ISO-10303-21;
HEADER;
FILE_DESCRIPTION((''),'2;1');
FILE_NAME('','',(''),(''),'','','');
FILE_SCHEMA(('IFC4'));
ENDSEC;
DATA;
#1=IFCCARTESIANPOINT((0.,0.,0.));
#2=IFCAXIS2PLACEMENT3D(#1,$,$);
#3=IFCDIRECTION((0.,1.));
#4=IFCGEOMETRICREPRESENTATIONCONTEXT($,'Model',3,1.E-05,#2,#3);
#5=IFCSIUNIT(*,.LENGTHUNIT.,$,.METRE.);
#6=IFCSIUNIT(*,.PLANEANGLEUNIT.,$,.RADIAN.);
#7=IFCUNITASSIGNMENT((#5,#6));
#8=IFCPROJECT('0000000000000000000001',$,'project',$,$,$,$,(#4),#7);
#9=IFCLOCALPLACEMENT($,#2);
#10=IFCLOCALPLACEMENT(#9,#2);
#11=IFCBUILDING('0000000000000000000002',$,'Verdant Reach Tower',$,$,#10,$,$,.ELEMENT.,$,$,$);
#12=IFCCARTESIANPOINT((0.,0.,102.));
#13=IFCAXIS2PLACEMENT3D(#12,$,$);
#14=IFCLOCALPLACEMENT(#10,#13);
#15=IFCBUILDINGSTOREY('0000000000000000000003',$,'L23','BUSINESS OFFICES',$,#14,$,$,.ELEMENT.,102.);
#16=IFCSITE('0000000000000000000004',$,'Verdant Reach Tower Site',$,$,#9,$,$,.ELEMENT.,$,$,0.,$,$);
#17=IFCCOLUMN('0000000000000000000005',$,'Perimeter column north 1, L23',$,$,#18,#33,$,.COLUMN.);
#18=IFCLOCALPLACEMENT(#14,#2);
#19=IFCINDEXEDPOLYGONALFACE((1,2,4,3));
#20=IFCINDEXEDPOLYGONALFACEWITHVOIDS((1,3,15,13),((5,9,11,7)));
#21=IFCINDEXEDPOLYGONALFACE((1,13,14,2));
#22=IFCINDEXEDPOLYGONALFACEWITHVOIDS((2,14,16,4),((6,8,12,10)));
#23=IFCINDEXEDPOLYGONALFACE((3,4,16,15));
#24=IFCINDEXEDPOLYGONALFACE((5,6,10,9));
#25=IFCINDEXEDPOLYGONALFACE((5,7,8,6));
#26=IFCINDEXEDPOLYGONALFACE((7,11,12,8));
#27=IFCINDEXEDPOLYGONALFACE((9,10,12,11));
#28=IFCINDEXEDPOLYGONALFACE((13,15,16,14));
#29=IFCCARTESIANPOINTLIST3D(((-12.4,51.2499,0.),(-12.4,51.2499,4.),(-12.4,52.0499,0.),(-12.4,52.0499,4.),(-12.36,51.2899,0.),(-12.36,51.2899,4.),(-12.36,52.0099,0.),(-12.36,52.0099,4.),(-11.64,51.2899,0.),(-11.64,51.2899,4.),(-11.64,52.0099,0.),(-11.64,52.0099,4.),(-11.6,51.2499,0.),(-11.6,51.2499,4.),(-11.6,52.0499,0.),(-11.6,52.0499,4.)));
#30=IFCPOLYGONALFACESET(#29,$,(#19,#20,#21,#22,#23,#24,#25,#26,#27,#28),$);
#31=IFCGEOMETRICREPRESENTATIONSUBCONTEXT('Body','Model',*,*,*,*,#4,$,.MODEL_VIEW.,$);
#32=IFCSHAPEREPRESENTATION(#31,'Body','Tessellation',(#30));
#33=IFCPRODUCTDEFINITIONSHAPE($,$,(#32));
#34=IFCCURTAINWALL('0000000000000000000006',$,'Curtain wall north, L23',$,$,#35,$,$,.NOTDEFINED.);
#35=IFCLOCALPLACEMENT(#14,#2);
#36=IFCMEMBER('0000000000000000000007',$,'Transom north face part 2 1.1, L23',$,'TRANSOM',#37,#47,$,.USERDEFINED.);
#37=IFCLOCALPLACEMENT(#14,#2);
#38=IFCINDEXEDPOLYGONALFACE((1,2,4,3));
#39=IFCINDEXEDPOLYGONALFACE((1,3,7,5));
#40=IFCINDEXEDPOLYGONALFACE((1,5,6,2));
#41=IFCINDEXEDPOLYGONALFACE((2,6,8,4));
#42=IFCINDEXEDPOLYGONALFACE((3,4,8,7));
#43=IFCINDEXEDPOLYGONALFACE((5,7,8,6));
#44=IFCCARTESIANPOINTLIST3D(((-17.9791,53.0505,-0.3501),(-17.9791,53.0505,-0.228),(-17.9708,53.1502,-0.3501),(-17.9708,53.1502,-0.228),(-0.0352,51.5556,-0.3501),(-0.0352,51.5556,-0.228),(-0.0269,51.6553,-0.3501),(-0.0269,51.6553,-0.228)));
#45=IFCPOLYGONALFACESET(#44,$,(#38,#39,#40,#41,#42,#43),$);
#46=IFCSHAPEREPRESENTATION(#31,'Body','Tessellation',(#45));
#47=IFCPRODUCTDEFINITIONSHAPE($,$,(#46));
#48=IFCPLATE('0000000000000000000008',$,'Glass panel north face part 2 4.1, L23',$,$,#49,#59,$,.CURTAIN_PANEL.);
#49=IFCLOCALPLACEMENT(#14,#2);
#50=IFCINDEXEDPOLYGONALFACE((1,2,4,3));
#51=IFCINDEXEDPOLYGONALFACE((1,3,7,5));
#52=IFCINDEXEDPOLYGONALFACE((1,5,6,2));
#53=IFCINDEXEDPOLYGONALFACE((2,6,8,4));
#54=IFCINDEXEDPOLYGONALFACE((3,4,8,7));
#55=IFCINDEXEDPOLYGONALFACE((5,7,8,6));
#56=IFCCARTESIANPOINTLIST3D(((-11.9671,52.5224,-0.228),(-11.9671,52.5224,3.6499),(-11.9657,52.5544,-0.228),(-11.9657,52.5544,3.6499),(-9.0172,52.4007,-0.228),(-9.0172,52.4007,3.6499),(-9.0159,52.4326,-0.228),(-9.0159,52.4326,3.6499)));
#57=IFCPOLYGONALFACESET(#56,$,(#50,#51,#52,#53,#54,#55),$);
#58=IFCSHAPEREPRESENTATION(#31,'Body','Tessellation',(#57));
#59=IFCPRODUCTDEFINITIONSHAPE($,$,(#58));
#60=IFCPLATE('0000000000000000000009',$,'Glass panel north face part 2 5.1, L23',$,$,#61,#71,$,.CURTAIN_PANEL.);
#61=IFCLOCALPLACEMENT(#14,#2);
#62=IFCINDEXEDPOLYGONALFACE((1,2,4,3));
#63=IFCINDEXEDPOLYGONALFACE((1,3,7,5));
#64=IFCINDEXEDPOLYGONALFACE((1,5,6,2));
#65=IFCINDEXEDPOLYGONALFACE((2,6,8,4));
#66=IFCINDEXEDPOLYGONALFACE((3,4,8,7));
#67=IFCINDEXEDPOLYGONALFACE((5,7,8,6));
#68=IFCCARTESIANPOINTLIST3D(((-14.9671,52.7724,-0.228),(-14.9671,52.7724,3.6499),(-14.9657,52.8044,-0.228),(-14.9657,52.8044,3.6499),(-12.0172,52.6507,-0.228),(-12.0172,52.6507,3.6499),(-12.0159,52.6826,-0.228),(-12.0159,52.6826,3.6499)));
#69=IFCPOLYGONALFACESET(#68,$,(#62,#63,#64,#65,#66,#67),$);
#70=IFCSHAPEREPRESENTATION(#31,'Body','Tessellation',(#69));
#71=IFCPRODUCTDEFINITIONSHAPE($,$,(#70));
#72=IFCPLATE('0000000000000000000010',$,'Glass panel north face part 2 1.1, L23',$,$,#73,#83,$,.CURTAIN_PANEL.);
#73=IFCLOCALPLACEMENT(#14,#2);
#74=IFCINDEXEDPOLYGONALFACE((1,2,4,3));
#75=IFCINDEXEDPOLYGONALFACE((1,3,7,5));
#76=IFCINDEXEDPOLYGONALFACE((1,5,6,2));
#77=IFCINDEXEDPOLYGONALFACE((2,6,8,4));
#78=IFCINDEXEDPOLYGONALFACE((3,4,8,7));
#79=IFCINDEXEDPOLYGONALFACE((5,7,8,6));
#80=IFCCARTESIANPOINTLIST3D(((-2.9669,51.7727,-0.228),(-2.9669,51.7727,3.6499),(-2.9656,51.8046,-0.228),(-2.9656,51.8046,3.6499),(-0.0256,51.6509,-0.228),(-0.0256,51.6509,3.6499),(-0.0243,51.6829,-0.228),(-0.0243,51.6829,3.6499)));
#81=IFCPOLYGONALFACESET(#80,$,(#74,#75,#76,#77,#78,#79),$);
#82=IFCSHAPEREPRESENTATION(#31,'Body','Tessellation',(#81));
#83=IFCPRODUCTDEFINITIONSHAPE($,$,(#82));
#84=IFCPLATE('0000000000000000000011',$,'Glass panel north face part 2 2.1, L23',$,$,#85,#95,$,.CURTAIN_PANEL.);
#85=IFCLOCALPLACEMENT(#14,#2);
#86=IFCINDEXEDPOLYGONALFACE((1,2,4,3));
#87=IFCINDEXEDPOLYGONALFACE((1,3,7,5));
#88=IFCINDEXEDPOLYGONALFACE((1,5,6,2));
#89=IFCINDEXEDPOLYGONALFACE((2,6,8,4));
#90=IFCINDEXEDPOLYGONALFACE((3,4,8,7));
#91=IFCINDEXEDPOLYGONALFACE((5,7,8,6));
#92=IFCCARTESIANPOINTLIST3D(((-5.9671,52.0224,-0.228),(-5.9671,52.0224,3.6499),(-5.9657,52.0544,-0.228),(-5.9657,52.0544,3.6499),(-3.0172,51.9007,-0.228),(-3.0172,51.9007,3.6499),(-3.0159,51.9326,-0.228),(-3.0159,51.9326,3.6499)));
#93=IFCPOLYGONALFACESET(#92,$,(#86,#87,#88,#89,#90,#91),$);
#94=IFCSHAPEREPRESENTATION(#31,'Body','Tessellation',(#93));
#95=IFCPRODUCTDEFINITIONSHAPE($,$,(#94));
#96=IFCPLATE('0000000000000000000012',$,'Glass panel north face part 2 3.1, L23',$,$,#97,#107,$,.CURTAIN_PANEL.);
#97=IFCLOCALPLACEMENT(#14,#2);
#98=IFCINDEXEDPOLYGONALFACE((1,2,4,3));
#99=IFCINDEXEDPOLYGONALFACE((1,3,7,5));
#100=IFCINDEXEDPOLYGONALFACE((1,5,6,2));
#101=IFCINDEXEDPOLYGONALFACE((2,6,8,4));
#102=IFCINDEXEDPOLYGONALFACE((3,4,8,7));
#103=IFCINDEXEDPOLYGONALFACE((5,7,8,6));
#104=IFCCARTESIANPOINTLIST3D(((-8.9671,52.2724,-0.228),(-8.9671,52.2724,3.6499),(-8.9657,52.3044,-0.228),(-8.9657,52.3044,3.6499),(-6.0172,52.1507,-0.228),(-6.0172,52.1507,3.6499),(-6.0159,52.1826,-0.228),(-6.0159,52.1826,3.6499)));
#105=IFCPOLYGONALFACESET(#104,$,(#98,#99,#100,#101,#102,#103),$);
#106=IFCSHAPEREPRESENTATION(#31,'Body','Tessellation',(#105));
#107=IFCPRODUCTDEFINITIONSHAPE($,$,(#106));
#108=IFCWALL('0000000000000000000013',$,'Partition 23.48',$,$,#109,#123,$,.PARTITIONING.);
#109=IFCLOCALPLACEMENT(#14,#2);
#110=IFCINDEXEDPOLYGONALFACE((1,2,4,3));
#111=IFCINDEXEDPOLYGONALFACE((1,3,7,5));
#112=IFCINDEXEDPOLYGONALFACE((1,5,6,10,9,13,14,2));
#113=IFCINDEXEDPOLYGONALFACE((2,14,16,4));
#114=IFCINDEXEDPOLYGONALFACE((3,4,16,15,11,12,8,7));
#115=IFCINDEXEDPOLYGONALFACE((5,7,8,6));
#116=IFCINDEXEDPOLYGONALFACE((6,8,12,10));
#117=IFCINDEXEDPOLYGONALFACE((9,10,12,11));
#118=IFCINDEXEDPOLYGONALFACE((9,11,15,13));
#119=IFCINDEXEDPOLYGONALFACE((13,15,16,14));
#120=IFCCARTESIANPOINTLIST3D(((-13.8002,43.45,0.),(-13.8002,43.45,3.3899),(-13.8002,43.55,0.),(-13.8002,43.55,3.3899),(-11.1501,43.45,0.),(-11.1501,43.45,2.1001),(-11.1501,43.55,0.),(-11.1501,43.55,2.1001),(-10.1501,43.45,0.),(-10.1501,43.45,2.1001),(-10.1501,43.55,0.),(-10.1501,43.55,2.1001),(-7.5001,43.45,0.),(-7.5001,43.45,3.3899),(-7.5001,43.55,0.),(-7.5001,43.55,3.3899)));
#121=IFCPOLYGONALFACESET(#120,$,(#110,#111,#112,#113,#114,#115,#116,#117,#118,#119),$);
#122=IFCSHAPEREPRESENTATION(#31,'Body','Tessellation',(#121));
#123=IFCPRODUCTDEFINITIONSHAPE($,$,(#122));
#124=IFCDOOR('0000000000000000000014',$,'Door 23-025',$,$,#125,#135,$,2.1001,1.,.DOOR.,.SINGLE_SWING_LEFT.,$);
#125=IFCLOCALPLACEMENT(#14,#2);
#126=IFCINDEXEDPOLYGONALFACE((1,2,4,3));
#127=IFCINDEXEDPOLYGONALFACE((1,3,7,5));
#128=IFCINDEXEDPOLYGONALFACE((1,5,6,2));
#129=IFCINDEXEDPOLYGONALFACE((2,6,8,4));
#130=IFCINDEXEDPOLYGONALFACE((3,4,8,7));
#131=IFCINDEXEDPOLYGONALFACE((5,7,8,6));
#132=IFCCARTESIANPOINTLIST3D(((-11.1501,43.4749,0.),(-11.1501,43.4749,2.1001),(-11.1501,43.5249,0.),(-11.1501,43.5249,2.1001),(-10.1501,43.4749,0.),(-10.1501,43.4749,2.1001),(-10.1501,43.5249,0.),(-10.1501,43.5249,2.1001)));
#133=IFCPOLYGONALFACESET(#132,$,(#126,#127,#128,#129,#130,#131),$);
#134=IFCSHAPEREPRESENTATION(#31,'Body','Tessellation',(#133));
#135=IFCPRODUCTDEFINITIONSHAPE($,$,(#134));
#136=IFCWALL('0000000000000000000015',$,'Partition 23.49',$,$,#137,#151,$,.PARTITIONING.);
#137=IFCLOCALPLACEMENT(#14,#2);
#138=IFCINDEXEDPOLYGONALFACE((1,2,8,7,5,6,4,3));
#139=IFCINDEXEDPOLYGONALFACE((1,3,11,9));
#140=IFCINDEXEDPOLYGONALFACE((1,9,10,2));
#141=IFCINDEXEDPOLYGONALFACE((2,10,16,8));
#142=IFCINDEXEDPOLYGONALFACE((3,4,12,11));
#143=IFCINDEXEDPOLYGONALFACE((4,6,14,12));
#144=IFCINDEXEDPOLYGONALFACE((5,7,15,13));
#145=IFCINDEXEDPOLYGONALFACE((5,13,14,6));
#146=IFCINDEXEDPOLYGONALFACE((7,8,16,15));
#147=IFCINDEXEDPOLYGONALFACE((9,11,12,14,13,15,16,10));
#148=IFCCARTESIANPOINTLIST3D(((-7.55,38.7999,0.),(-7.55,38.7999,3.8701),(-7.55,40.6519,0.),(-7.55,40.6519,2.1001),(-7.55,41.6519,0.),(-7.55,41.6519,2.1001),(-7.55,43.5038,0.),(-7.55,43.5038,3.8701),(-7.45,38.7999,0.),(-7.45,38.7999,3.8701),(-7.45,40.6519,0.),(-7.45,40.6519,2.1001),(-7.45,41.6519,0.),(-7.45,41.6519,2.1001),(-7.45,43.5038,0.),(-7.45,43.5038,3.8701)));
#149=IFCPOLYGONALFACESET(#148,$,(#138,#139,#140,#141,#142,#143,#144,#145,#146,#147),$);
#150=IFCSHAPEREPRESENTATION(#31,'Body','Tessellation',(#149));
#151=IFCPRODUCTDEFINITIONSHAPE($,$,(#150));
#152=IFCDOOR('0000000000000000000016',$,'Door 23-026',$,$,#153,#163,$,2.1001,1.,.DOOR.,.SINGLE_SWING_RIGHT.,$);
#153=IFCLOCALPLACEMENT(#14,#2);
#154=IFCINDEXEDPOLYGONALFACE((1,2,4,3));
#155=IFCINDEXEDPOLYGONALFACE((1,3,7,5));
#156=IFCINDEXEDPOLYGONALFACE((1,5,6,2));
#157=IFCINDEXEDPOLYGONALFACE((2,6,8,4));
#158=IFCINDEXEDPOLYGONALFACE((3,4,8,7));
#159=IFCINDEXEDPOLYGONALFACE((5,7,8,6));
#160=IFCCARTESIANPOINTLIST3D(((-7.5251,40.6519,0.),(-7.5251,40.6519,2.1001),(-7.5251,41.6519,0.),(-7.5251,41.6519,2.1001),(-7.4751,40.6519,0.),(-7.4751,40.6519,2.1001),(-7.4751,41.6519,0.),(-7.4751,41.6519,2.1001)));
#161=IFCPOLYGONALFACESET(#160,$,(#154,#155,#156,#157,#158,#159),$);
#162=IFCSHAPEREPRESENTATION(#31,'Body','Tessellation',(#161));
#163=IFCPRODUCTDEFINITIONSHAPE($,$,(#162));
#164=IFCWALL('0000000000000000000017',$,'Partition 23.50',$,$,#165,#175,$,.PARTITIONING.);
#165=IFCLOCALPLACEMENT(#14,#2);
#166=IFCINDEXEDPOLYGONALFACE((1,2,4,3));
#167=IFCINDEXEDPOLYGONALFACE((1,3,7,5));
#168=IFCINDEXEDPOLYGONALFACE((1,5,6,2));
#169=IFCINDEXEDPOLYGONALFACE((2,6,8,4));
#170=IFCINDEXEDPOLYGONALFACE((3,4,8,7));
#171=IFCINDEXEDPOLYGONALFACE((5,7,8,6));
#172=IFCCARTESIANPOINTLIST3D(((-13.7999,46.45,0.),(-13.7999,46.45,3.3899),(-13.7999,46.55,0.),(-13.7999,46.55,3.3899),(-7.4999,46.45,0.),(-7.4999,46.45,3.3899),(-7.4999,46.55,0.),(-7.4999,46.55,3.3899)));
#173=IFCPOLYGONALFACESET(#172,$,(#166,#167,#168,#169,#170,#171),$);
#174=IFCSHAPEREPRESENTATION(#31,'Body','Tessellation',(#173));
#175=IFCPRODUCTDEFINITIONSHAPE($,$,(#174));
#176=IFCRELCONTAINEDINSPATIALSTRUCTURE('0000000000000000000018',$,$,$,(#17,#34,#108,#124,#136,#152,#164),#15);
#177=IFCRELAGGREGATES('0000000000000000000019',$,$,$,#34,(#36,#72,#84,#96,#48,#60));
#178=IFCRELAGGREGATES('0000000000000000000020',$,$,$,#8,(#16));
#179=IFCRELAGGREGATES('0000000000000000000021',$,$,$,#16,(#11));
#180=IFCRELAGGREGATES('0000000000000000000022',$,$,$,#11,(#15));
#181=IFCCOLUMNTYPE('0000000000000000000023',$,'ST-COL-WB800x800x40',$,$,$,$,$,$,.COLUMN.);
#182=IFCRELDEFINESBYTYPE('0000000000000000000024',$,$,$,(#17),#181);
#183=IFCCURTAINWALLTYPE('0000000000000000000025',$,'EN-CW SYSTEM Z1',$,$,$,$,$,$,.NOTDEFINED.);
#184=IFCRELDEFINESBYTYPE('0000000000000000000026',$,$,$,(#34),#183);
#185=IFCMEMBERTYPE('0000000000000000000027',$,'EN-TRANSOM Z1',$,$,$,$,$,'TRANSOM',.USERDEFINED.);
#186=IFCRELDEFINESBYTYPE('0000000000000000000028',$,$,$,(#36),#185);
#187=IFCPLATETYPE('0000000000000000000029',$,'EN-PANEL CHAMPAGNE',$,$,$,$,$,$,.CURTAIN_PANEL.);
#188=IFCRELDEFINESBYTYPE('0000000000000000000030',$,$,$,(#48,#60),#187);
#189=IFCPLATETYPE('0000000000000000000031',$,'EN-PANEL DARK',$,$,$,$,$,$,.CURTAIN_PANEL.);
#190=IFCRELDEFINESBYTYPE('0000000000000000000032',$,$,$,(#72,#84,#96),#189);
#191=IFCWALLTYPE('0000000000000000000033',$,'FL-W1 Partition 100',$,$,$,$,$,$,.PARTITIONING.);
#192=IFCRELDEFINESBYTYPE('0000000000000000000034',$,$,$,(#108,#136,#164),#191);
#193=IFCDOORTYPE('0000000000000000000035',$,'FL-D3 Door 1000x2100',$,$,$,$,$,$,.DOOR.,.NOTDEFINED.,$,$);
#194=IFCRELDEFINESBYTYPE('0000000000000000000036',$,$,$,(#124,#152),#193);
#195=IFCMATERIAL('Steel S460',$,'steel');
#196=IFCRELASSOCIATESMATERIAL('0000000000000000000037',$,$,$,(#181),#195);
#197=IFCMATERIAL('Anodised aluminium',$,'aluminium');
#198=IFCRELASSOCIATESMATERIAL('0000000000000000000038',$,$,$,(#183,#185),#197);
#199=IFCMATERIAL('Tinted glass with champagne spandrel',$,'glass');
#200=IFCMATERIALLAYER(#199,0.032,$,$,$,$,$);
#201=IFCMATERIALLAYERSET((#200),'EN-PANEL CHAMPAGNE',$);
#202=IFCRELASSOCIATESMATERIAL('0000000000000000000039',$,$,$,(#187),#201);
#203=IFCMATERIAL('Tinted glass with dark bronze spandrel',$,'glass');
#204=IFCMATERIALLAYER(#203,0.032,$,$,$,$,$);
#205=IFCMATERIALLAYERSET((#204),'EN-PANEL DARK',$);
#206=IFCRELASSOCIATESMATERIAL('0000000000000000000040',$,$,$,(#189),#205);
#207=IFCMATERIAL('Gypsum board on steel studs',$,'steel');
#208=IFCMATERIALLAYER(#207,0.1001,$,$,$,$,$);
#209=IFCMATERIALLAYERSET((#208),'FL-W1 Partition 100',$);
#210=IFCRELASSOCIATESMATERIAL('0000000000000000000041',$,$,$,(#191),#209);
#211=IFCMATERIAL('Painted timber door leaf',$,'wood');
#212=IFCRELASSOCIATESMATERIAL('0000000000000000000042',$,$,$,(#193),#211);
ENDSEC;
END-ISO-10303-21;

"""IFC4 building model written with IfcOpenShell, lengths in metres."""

from ifc_helpers import new_model, si_unit, direction, frame, frame_2d, origin, origin_2d, place, context, subcontext, project, spatial, rectangle, hollow_rectangle, extrude, material, layer, layer_set, material_profile, profile_set, type_object, element, fill, aggregate, save


model = new_model("IFC4")

# Units and contexts
model_context = context("Model", 3, precision=1e-05, world=origin(), true_north=direction((0.0, 1.0)))
body_context = subcontext(model_context, "Body", "Model", "MODEL_VIEW")
ifc_project = project(units=[si_unit("LENGTHUNIT", "METRE"), si_unit("PLANEANGLEUNIT", "RADIAN")], contexts=[model_context])

# Site, building, storey
site_placement = place(None, origin())
site = spatial("IfcSite", under=ifc_project, at=site_placement, Name="Verdant Reach Tower Site", CompositionType="ELEMENT", RefElevation=0.0)
building_placement = place(site_placement, origin())
building = spatial("IfcBuilding", under=site, at=building_placement, Name="Verdant Reach Tower", CompositionType="ELEMENT")
storey_placement = place(building_placement, frame((0.0, 0.0, 102.0)))
storey = spatial("IfcBuildingStorey", under=building, at=storey_placement, Name="L23", Description="BUSINESS OFFICES", CompositionType="ELEMENT", Elevation=102.0)

# Column
ifc_material_1 = material(Name="Steel S460", Category="steel")
ifc_material_profile_1 = material_profile(ifc_material_1, hollow_rectangle(XDim=0.8, YDim=0.8, WallThickness=0.04, at=origin_2d()), Name="WB 800x800x40")
ifc_profile_set_1 = profile_set([ifc_material_profile_1], Name="Steel S460")
column_type = type_object("IfcColumnType", Name="ST-COL-WB800x800x40", PredefinedType="COLUMN", material=ifc_profile_set_1)
column_placement = place(storey_placement, frame((-12.0, 51.6499, 0.0), z_axis=(0.0, 0.0, 1.0), x_axis=(1.0, 0.0, 0.0)))
element("IfcColumn", 1, at=column_placement, inside=storey, type_object=column_type, Name="Perimeter column north 1, L23", PredefinedType="COLUMN", context=body_context, shape_type="SweptSolid", body=[
    extrude(hollow_rectangle(XDim=0.8, YDim=0.8, WallThickness=0.04, at=origin_2d()), origin(), (0.0, 0.0, 1.0), 4.0),
])

# Curtain wall, member, plates
ifc_material_2 = material(Name="Anodised aluminium", Category="aluminium")
curtain_wall_type = type_object("IfcCurtainWallType", Name="EN-CW SYSTEM Z1", PredefinedType="NOTDEFINED", material=ifc_material_2)
curtain_wall_placement = place(storey_placement, origin())
curtain_wall = element("IfcCurtainWall", 2, at=curtain_wall_placement, inside=storey, type_object=curtain_wall_type, Name="Curtain wall north, L23", PredefinedType="NOTDEFINED")
ifc_material_profile_2 = material_profile(ifc_material_2, rectangle(XDim=0.1001, YDim=0.1221, at=origin_2d()), Name="Transom 122x100")
ifc_profile_set_2 = profile_set([ifc_material_profile_2], Name="Anodised aluminium")
member_type = type_object("IfcMemberType", Name="EN-TRANSOM Z1", ElementType="TRANSOM", PredefinedType="USERDEFINED", material=ifc_profile_set_2)
member_placement = place(storey_placement, frame((-0.031, 51.6055, -0.2891), z_axis=(-0.996548, 0.083021, 0.0), x_axis=(-0.083021, -0.996548, 0.0)))
member = element("IfcMember", 3, at=member_placement, type_object=member_type, Name="Transom north face part 2 1.1, L23", ObjectType="TRANSOM", PredefinedType="USERDEFINED", context=body_context, shape_type="SweptSolid", body=[
    extrude(rectangle(XDim=0.1001, YDim=0.1221, at=origin_2d()), origin(), (0.0, 0.0, 1.0), 18.0061),
])
ifc_material_3 = material(Name="Tinted glass with champagne spandrel", Category="glass")
ifc_layer_1 = layer(ifc_material_3, 0.032)
ifc_layer_set_1 = layer_set([ifc_layer_1], Name="EN-PANEL CHAMPAGNE")
plate_type_1 = type_object("IfcPlateType", Name="EN-PANEL CHAMPAGNE", PredefinedType="CURTAIN_PANEL", material=ifc_layer_set_1)
plate_1_placement = place(storey_placement, frame((-10.4915, 52.4775, -0.228), z_axis=(0.0, 0.0, 1.0), x_axis=(-0.999149, 0.041242, 0.0)))
plate_1 = element("IfcPlate", 4, at=plate_1_placement, type_object=plate_type_1, Name="Glass panel north face part 2 4.1, L23", PredefinedType="CURTAIN_PANEL", context=body_context, shape_type="SweptSolid", body=[
    extrude(rectangle(XDim=2.9524, YDim=0.032, at=origin_2d()), origin(), (0.0, 0.0, 1.0), 3.8779),
])
plate_2_placement = place(storey_placement, frame((-13.4915, 52.7275, -0.228), z_axis=(0.0, 0.0, 1.0), x_axis=(-0.999149, 0.041242, 0.0)))
plate_2 = element("IfcPlate", 5, at=plate_2_placement, type_object=plate_type_1, Name="Glass panel north face part 2 5.1, L23", PredefinedType="CURTAIN_PANEL", context=body_context, shape_type="SweptSolid", body=[
    extrude(rectangle(XDim=2.9524, YDim=0.032, at=origin_2d()), origin(), (0.0, 0.0, 1.0), 3.8779),
])
ifc_material_4 = material(Name="Tinted glass with dark bronze spandrel", Category="glass")
ifc_layer_2 = layer(ifc_material_4, 0.032)
ifc_layer_set_2 = layer_set([ifc_layer_2], Name="EN-PANEL DARK")
plate_type_2 = type_object("IfcPlateType", Name="EN-PANEL DARK", PredefinedType="CURTAIN_PANEL", material=ifc_layer_set_2)
plate_3_placement = place(storey_placement, frame((-1.4956, 51.7278, -0.228), z_axis=(0.0, 0.0, 1.0), x_axis=(-0.999144, 0.04136, 0.0)))
plate_3 = element("IfcPlate", 6, at=plate_3_placement, type_object=plate_type_2, Name="Glass panel north face part 2 1.1, L23", PredefinedType="CURTAIN_PANEL", context=body_context, shape_type="SweptSolid", body=[
    extrude(rectangle(XDim=2.9438, YDim=0.032, at=origin_2d()), origin(), (0.0, 0.0, 1.0), 3.8779),
])
plate_4_placement = place(storey_placement, frame((-4.4915, 51.9775, -0.228), z_axis=(0.0, 0.0, 1.0), x_axis=(-0.999149, 0.041242, 0.0)))
plate_4 = element("IfcPlate", 7, at=plate_4_placement, type_object=plate_type_2, Name="Glass panel north face part 2 2.1, L23", PredefinedType="CURTAIN_PANEL", context=body_context, shape_type="SweptSolid", body=[
    extrude(rectangle(XDim=2.9524, YDim=0.032, at=origin_2d()), origin(), (0.0, 0.0, 1.0), 3.8779),
])
plate_5_placement = place(storey_placement, frame((-7.4915, 52.2275, -0.228), z_axis=(0.0, 0.0, 1.0), x_axis=(-0.999149, 0.041242, 0.0)))
plate_5 = element("IfcPlate", 8, at=plate_5_placement, type_object=plate_type_2, Name="Glass panel north face part 2 3.1, L23", PredefinedType="CURTAIN_PANEL", context=body_context, shape_type="SweptSolid", body=[
    extrude(rectangle(XDim=2.9524, YDim=0.032, at=origin_2d()), origin(), (0.0, 0.0, 1.0), 3.8779),
])
aggregate(curtain_wall, [member, plate_3, plate_4, plate_5, plate_1, plate_2])

# Walls, openings, doors
ifc_material_5 = material(Name="Gypsum board on steel studs", Category="steel")
ifc_layer_3 = layer(ifc_material_5, 0.1001)
ifc_layer_set_3 = layer_set([ifc_layer_3], Name="FL-W1 Partition 100")
wall_type_1 = type_object("IfcWallType", Name="FL-W1 Partition 100", PredefinedType="PARTITIONING", material=ifc_layer_set_3)
wall_1_placement = place(storey_placement, frame((-13.8, 43.5, 0.0), z_axis=(0.0, 0.0, 1.0), x_axis=(1.0, 0.0, 0.0)))
wall_1 = element("IfcWall", 9, at=wall_1_placement, inside=storey, type_object=wall_type_1, Name="Partition 23.48", PredefinedType="PARTITIONING", context=body_context, shape_type="SweptSolid", body=[
    extrude(rectangle(XDim=6.3, YDim=0.1001, at=frame_2d((3.1499, 0.0))), origin(), (0.0, 0.0, 1.0), 3.3899),
])
opening_1_placement = place(wall_1_placement, frame((2.6499, 0.0, 0.0)))
opening_1 = element("IfcOpeningElement", 10, at=opening_1_placement, cuts=wall_1, PredefinedType="OPENING", context=body_context, shape_type="SweptSolid", body=[
    extrude(rectangle(XDim=1.0, YDim=2.1001, at=frame_2d((0.5, 1.05))), frame((0.0, 0.0601, 0.0), z_axis=(0.0, -1.0, 0.0), x_axis=(1.0, 0.0, 0.0)), (0.0, 0.0, 1.0), 0.1201),
])
ifc_material_6 = material(Name="Painted timber door leaf", Category="wood")
door_type_1 = type_object("IfcDoorType", Name="FL-D3 Door 1000x2100", OperationType="NOTDEFINED", PredefinedType="DOOR", material=ifc_material_6)
door_1_placement = place(opening_1_placement, origin())
door_1 = element("IfcDoor", 11, at=door_1_placement, inside=storey, type_object=door_type_1, Name="Door 23-025", OperationType="SINGLE_SWING_LEFT", OverallHeight=2.1001, OverallWidth=1.0, PredefinedType="DOOR", context=body_context, shape_type="SweptSolid", body=[
    extrude(rectangle(XDim=1.0, YDim=2.1001, at=frame_2d((0.5, 1.05))), frame((0.0, 0.0249, 0.0), z_axis=(0.0, -1.0, 0.0), x_axis=(1.0, 0.0, 0.0)), (0.0, 0.0, 1.0), 0.05),
])
fill(opening_1, door_1)
wall_2_placement = place(storey_placement, frame((-7.5, 43.5039, 0.0), z_axis=(0.0, 0.0, 1.0), x_axis=(0.0, -1.0, 0.0)))
wall_2 = element("IfcWall", 12, at=wall_2_placement, inside=storey, type_object=wall_type_1, Name="Partition 23.49", PredefinedType="PARTITIONING", context=body_context, shape_type="SweptSolid", body=[
    extrude(rectangle(XDim=4.7039, YDim=0.1001, at=frame_2d((2.3521, 0.0))), origin(), (0.0, 0.0, 1.0), 3.8701),
])
opening_2_placement = place(wall_2_placement, frame((1.8521, 0.0, 0.0)))
opening_2 = element("IfcOpeningElement", 13, at=opening_2_placement, cuts=wall_2, PredefinedType="OPENING", context=body_context, shape_type="SweptSolid", body=[
    extrude(rectangle(XDim=1.0, YDim=2.1001, at=frame_2d((0.5, 1.05))), frame((0.0, 0.0601, 0.0), z_axis=(0.0, -1.0, 0.0), x_axis=(1.0, 0.0, 0.0)), (0.0, 0.0, 1.0), 0.1201),
])
door_2_placement = place(opening_2_placement, origin())
door_2 = element("IfcDoor", 14, at=door_2_placement, inside=storey, type_object=door_type_1, Name="Door 23-026", OperationType="SINGLE_SWING_RIGHT", OverallHeight=2.1001, OverallWidth=1.0, PredefinedType="DOOR", context=body_context, shape_type="SweptSolid", body=[
    extrude(rectangle(XDim=1.0, YDim=2.1001, at=frame_2d((0.5, 1.05))), frame((0.0, 0.0249, 0.0), z_axis=(0.0, -1.0, 0.0), x_axis=(1.0, 0.0, 0.0)), (0.0, 0.0, 1.0), 0.05),
])
fill(opening_2, door_2)

# Wall
wall_3_placement = place(storey_placement, frame((-7.5, 46.5, 0.0), z_axis=(0.0, 0.0, 1.0), x_axis=(-1.0, 0.0, 0.0)))
element("IfcWall", 15, at=wall_3_placement, inside=storey, type_object=wall_type_1, Name="Partition 23.50", PredefinedType="PARTITIONING", context=body_context, shape_type="SweptSolid", body=[
    extrude(rectangle(XDim=6.3, YDim=0.1001, at=frame_2d((3.1499, 0.0))), origin(), (0.0, 0.0, 1.0), 3.3899),
])

save(model, "model.ifc")
